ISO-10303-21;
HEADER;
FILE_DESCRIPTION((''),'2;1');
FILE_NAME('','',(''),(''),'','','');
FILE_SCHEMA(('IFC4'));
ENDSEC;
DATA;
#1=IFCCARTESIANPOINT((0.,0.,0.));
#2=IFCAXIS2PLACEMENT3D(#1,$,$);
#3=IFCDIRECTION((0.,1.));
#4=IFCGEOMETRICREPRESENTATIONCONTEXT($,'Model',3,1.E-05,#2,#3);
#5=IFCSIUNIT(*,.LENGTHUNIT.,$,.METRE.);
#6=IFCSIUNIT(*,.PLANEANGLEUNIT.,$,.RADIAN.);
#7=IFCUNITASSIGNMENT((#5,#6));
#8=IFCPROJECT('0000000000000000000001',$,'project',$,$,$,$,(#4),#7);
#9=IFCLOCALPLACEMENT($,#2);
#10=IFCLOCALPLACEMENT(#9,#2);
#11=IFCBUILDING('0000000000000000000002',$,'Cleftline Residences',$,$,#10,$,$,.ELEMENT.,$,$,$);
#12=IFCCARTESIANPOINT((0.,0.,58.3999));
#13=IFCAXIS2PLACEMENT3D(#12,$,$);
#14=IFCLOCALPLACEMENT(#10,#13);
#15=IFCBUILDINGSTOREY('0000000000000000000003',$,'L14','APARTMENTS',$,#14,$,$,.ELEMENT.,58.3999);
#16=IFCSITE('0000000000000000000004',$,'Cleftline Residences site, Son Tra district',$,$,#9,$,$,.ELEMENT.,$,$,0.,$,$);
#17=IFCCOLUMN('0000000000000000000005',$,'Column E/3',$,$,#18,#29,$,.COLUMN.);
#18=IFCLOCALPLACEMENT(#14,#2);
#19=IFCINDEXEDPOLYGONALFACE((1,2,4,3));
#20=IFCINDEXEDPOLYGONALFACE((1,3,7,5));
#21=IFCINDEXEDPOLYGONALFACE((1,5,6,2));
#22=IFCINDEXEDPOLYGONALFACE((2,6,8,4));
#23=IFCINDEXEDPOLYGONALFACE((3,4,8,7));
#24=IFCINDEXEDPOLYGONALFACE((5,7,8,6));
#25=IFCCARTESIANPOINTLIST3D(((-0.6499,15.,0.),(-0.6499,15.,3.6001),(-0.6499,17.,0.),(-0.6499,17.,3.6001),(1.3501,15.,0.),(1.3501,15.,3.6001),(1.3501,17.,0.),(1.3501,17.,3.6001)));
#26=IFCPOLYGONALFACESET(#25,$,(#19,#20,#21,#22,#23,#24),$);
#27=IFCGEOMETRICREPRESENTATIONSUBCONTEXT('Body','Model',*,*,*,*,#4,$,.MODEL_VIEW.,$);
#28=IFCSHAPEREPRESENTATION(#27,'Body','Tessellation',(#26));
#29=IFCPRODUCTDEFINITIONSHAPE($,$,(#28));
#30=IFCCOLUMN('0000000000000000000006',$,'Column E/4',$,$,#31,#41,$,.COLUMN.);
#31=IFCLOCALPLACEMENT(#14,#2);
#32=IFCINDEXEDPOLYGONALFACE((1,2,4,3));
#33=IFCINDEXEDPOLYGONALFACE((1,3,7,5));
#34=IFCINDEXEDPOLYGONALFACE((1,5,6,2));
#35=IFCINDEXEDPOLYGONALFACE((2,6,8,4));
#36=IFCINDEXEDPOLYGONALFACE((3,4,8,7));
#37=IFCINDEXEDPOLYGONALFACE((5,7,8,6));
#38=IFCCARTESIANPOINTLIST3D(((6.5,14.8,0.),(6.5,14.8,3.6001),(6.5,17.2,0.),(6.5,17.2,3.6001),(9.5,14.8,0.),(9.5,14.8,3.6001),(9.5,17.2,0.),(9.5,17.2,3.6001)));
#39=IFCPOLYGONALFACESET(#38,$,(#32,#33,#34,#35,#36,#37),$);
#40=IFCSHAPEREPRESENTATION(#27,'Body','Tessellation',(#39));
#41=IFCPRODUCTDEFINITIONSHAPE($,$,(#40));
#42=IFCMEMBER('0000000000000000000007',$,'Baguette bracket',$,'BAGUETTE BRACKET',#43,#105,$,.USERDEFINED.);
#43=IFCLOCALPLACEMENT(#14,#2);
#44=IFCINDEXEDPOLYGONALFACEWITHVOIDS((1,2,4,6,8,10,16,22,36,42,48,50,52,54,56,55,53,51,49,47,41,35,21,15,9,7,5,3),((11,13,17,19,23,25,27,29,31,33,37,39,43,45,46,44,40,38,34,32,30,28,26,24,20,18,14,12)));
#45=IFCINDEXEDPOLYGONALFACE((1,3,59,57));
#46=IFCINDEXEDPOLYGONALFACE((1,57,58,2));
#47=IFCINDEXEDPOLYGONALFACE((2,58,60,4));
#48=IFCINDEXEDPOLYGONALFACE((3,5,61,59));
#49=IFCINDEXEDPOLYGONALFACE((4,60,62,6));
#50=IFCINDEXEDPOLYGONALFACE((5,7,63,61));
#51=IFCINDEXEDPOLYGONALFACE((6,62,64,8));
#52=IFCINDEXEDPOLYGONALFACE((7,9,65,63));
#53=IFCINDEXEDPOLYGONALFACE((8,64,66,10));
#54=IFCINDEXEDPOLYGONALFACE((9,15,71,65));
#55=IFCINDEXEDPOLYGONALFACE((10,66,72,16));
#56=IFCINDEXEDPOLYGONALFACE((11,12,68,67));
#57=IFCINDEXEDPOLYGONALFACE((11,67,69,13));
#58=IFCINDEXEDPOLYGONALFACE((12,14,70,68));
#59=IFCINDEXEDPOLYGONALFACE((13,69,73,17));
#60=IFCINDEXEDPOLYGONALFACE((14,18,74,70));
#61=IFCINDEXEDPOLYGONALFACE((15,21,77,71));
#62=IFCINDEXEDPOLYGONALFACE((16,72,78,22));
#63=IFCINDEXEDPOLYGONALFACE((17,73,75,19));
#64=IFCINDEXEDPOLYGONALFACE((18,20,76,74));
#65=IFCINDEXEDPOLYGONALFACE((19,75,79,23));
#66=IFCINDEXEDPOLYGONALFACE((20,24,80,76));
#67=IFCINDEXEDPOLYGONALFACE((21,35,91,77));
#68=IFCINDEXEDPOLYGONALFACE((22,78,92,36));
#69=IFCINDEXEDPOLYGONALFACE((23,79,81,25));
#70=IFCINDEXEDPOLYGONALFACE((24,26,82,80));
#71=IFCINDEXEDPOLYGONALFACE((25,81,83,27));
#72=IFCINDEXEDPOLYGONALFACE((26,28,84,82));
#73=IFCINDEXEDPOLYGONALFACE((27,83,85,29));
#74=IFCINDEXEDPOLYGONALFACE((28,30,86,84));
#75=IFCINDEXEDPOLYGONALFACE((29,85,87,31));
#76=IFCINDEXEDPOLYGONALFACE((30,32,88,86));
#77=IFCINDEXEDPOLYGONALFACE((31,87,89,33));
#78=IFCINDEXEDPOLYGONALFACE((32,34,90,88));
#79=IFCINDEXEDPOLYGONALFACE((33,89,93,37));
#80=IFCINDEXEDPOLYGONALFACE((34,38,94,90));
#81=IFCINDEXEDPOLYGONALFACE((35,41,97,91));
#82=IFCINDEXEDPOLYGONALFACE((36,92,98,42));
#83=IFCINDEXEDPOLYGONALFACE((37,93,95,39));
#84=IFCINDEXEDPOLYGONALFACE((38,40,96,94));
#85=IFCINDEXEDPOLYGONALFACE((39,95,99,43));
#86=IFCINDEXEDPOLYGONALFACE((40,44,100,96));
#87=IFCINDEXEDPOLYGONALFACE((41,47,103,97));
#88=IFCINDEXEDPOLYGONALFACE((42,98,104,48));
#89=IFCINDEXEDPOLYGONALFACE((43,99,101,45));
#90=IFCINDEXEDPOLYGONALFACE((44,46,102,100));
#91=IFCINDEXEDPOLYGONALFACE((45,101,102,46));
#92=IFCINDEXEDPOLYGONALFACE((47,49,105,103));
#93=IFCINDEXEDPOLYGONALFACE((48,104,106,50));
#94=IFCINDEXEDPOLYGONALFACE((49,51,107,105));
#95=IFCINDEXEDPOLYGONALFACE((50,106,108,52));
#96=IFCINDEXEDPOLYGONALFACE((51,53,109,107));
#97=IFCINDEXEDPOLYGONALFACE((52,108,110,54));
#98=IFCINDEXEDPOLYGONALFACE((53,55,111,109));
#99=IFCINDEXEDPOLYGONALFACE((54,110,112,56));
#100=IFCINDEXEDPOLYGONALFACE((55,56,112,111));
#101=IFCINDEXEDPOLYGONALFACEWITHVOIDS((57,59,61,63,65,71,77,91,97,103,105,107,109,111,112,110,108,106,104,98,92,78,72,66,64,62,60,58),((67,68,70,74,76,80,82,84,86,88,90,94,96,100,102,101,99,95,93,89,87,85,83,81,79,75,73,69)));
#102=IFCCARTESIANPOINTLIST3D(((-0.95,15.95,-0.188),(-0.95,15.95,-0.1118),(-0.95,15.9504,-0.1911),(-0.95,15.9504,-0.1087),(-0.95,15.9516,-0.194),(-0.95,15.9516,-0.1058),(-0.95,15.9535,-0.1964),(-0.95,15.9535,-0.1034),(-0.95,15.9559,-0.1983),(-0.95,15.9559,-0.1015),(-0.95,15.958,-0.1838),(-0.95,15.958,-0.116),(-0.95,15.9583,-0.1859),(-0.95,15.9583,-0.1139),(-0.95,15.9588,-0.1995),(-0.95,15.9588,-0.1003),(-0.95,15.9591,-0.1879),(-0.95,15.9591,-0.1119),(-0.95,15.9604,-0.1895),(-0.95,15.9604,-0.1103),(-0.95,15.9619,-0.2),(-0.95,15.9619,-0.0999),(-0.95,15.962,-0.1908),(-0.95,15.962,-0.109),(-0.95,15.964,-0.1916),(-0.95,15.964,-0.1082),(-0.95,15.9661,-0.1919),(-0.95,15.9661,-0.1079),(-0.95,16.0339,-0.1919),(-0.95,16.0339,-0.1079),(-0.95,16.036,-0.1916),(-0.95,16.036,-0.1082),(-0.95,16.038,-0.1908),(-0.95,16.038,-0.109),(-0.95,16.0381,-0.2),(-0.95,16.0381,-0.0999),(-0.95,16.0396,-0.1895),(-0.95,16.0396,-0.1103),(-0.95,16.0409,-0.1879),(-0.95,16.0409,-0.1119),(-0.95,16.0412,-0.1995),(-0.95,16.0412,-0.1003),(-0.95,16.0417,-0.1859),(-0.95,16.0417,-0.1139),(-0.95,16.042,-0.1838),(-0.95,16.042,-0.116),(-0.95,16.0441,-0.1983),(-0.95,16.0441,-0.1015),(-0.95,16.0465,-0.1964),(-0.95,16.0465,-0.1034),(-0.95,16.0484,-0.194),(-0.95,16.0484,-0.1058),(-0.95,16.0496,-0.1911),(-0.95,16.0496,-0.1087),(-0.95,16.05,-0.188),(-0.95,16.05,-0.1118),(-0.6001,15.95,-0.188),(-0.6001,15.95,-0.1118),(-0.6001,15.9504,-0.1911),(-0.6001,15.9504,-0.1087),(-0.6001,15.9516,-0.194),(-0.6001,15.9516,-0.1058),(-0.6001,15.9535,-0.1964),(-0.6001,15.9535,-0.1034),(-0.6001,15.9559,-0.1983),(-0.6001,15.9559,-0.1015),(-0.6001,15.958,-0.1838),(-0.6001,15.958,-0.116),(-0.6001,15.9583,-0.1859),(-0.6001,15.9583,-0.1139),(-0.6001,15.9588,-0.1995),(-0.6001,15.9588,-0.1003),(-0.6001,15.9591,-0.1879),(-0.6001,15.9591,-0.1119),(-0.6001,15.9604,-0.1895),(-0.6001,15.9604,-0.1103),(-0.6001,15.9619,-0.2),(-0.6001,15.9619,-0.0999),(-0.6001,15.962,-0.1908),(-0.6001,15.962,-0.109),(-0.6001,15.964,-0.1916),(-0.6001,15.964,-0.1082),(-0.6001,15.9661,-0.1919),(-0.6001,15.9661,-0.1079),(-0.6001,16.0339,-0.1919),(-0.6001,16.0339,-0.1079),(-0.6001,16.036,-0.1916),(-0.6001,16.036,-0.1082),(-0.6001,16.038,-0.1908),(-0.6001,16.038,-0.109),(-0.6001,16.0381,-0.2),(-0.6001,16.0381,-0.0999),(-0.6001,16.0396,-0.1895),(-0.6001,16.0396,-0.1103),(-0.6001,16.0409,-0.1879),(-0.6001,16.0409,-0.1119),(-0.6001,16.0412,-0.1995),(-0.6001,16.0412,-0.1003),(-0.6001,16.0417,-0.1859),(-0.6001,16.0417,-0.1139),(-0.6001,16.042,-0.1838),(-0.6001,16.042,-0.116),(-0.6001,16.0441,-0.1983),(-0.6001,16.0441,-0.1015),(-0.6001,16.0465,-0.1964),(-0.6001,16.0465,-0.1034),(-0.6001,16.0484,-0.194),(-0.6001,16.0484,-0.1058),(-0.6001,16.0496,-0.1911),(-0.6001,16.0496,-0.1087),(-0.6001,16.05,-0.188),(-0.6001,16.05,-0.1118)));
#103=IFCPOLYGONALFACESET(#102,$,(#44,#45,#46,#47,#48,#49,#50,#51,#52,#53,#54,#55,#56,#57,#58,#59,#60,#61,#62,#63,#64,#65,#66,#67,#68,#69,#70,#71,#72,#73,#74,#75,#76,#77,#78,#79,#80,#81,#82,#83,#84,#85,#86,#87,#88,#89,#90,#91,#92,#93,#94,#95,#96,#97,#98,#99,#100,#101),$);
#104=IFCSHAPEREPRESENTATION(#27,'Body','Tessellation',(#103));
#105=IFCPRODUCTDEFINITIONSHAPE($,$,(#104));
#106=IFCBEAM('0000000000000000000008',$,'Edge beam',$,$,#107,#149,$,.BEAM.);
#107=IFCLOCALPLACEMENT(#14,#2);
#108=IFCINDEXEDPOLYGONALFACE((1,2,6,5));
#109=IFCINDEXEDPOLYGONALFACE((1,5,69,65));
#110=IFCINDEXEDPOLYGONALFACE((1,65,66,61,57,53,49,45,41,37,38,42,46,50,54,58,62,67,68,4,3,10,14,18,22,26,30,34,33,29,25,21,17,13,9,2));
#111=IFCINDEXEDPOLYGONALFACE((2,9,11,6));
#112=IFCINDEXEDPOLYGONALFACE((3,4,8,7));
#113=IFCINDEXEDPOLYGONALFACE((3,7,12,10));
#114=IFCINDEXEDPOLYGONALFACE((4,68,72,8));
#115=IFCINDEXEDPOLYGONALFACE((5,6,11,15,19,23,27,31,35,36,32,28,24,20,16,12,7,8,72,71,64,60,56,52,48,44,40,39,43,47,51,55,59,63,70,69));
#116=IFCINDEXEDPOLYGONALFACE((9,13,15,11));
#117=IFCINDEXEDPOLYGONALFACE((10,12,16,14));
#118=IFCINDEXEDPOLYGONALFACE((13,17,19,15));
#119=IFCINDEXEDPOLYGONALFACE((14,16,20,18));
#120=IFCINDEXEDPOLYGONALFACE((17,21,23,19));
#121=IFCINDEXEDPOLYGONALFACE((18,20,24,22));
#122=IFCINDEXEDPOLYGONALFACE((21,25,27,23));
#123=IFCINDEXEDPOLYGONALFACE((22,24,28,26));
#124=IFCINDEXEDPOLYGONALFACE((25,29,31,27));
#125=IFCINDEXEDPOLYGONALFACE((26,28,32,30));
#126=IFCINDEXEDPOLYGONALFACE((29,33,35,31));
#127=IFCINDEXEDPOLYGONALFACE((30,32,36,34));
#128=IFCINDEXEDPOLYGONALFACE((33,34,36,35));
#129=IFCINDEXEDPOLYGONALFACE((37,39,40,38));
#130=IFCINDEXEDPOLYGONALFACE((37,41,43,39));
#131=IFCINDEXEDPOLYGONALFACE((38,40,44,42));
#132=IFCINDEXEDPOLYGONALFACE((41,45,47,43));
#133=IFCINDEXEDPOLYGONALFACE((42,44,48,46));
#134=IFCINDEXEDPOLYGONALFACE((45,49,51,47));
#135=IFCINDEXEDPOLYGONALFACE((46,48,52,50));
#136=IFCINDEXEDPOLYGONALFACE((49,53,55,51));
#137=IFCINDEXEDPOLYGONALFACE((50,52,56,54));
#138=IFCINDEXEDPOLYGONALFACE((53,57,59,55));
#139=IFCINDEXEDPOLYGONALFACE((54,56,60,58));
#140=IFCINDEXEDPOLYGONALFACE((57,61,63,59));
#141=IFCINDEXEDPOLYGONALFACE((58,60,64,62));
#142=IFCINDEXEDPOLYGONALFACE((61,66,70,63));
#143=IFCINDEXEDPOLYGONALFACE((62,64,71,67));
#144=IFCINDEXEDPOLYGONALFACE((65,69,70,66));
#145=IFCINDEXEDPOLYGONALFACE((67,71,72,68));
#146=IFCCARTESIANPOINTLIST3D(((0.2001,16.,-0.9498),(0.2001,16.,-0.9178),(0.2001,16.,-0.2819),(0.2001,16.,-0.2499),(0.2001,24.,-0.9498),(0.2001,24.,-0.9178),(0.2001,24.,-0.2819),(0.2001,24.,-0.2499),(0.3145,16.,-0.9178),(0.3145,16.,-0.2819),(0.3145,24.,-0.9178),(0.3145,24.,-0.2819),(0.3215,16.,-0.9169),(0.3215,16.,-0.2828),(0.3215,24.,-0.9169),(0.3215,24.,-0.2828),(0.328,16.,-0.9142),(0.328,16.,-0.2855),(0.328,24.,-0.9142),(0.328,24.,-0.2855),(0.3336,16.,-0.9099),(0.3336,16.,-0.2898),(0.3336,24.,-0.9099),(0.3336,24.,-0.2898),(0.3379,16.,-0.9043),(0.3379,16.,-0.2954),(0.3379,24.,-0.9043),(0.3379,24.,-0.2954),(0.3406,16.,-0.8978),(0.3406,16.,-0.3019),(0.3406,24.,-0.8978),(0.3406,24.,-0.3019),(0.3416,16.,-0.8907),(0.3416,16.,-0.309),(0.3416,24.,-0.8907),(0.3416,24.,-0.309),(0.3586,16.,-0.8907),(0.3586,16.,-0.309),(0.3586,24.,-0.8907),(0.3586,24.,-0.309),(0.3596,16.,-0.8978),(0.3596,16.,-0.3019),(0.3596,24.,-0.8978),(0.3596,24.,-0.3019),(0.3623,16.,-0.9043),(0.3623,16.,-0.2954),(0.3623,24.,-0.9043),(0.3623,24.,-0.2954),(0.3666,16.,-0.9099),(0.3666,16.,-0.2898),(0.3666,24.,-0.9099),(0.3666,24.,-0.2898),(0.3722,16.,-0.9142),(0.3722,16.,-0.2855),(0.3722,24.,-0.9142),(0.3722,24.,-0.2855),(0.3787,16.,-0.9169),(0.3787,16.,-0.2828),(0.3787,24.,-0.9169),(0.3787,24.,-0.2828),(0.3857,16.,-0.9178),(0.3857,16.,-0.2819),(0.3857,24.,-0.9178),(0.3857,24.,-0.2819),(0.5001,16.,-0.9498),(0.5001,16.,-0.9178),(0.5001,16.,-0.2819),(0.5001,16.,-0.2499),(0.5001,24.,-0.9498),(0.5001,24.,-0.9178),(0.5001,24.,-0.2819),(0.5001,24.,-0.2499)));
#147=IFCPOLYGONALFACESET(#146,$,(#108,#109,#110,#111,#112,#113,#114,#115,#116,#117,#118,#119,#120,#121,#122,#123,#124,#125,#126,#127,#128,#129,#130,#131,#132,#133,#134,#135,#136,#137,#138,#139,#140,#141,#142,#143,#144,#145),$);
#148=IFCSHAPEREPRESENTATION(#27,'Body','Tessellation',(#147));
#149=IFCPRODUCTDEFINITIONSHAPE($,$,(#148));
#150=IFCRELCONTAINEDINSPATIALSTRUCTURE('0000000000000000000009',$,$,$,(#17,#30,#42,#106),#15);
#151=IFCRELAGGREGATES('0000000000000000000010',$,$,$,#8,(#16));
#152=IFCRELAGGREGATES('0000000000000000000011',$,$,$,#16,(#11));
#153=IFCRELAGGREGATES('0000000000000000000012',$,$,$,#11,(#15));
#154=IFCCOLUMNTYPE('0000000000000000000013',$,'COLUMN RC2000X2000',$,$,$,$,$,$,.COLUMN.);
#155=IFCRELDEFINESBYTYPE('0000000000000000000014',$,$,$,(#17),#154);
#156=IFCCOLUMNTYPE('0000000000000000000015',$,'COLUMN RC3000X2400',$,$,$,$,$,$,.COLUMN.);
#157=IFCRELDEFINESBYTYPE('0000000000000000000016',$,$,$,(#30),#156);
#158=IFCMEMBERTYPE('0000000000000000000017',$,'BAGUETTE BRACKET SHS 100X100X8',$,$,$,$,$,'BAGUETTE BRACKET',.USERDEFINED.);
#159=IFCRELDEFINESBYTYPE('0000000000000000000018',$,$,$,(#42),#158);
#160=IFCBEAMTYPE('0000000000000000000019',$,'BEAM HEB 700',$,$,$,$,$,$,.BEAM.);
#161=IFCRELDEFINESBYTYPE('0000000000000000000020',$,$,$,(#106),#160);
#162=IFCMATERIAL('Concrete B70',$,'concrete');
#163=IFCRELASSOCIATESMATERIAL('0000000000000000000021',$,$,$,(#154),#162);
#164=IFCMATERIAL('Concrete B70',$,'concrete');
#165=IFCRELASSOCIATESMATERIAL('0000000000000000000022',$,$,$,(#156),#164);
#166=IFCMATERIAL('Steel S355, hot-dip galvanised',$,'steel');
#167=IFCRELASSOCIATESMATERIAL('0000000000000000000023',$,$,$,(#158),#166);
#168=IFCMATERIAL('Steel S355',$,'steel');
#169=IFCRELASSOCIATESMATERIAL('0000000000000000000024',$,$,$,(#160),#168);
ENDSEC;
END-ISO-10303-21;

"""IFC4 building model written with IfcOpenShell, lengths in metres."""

from ifc_helpers import new_model, si_unit, direction, frame, origin, origin_2d, place, context, subcontext, project, spatial, rectangle, hollow_rectangle, i_section, extrude, material, material_profile, profile_set, type_object, element, save


model = new_model("IFC4")

# Units and contexts
model_context = context("Model", 3, precision=1e-05, world=origin(), true_north=direction((0.0, 1.0)))
body_context = subcontext(model_context, "Body", "Model", "MODEL_VIEW")
ifc_project = project(units=[si_unit("LENGTHUNIT", "METRE"), si_unit("PLANEANGLEUNIT", "RADIAN")], contexts=[model_context])

# Site, building, storey
site_placement = place(None, origin())
site = spatial("IfcSite", under=ifc_project, at=site_placement, Name="Cleftline Residences site, Son Tra district", CompositionType="ELEMENT", RefElevation=0.0)
building_placement = place(site_placement, origin())
building = spatial("IfcBuilding", under=site, at=building_placement, Name="Cleftline Residences", CompositionType="ELEMENT")
storey_placement = place(building_placement, frame((0.0, 0.0, 58.3999)))
storey = spatial("IfcBuildingStorey", under=building, at=storey_placement, Name="L14", Description="APARTMENTS", CompositionType="ELEMENT", Elevation=58.3999)

# Columns
ifc_material_1 = material(Name="Concrete B70", Category="concrete")
ifc_material_profile_1 = material_profile(ifc_material_1, rectangle(XDim=2.0, YDim=2.0, at=origin_2d()))
ifc_profile_set_1 = profile_set([ifc_material_profile_1], Name="Concrete B70")
column_type_1 = type_object("IfcColumnType", Name="COLUMN RC2000X2000", PredefinedType="COLUMN", material=ifc_profile_set_1)
column_1_placement = place(storey_placement, frame((0.3501, 16.0, 0.0), z_axis=(0.0, 0.0, 1.0), x_axis=(1.0, 0.0, 0.0)))
element("IfcColumn", 1, at=column_1_placement, inside=storey, type_object=column_type_1, Name="Column E/3", PredefinedType="COLUMN", context=body_context, shape_type="SweptSolid", body=[
    extrude(rectangle(XDim=2.0, YDim=2.0, at=origin_2d()), origin(), (0.0, 0.0, 1.0), 3.6001),
])
ifc_material_2 = material(Name="Concrete B70", Category="concrete")
ifc_material_profile_2 = material_profile(ifc_material_2, rectangle(XDim=3.0, YDim=2.3999, at=origin_2d()))
ifc_profile_set_2 = profile_set([ifc_material_profile_2], Name="Concrete B70")
column_type_2 = type_object("IfcColumnType", Name="COLUMN RC3000X2400", PredefinedType="COLUMN", material=ifc_profile_set_2)
column_2_placement = place(storey_placement, frame((8.0, 16.0, 0.0), z_axis=(0.0, 0.0, 1.0), x_axis=(1.0, 0.0, 0.0)))
element("IfcColumn", 2, at=column_2_placement, inside=storey, type_object=column_type_2, Name="Column E/4", PredefinedType="COLUMN", context=body_context, shape_type="SweptSolid", body=[
    extrude(rectangle(XDim=3.0, YDim=2.3999, at=origin_2d()), origin(), (0.0, 0.0, 1.0), 3.6001),
])

# Member
ifc_material_3 = material(Name="Steel S355, hot-dip galvanised", Category="steel")
ifc_material_profile_3 = material_profile(ifc_material_3, hollow_rectangle(XDim=0.1001, YDim=0.1001, WallThickness=0.0081, InnerFilletRadius=0.0081, OuterFilletRadius=0.012, at=origin_2d()))
ifc_profile_set_3 = profile_set([ifc_material_profile_3], Name="Steel S355, hot-dip galvanised")
member_type_1 = type_object("IfcMemberType", Name="BAGUETTE BRACKET SHS 100X100X8", ElementType="BAGUETTE BRACKET", PredefinedType="USERDEFINED", material=ifc_profile_set_3)
member_placement = place(storey_placement, frame((-0.6001, 16.0, -0.1499), z_axis=(-1.0, 0.0, 0.0), x_axis=(0.0, -1.0, 0.0)))
element("IfcMember", 3, at=member_placement, inside=storey, type_object=member_type_1, Name="Baguette bracket", ObjectType="BAGUETTE BRACKET", PredefinedType="USERDEFINED", context=body_context, shape_type="SweptSolid", body=[
    extrude(hollow_rectangle(XDim=0.1001, YDim=0.1001, WallThickness=0.0081, InnerFilletRadius=0.0081, OuterFilletRadius=0.012, at=origin_2d()), origin(), (0.0, 0.0, 1.0), 0.3499),
])

# Beam
ifc_material_4 = material(Name="Steel S355", Category="steel")
ifc_material_profile_4 = material_profile(ifc_material_4, i_section(OverallWidth=0.3, OverallDepth=0.7, WebThickness=0.0171, FlangeThickness=0.032, FilletRadius=0.0271, at=origin_2d()))
ifc_profile_set_4 = profile_set([ifc_material_profile_4], Name="Steel S355")
beam_type_1 = type_object("IfcBeamType", Name="BEAM HEB 700", PredefinedType="BEAM", material=ifc_profile_set_4)
beam_1_placement = place(storey_placement, frame((0.3501, 16.0, -0.5999), z_axis=(0.0, 1.0, 0.0), x_axis=(-1.0, 0.0, 0.0)))
element("IfcBeam", 4, at=beam_1_placement, inside=storey, type_object=beam_type_1, Name="Edge beam", PredefinedType="BEAM", context=body_context, shape_type="SweptSolid", body=[
    extrude(i_section(OverallWidth=0.3, OverallDepth=0.7, WebThickness=0.0171, FlangeThickness=0.032, FilletRadius=0.0271, at=origin_2d()), origin(), (0.0, 0.0, 1.0), 8.0),
])

save(model, "model.ifc")
